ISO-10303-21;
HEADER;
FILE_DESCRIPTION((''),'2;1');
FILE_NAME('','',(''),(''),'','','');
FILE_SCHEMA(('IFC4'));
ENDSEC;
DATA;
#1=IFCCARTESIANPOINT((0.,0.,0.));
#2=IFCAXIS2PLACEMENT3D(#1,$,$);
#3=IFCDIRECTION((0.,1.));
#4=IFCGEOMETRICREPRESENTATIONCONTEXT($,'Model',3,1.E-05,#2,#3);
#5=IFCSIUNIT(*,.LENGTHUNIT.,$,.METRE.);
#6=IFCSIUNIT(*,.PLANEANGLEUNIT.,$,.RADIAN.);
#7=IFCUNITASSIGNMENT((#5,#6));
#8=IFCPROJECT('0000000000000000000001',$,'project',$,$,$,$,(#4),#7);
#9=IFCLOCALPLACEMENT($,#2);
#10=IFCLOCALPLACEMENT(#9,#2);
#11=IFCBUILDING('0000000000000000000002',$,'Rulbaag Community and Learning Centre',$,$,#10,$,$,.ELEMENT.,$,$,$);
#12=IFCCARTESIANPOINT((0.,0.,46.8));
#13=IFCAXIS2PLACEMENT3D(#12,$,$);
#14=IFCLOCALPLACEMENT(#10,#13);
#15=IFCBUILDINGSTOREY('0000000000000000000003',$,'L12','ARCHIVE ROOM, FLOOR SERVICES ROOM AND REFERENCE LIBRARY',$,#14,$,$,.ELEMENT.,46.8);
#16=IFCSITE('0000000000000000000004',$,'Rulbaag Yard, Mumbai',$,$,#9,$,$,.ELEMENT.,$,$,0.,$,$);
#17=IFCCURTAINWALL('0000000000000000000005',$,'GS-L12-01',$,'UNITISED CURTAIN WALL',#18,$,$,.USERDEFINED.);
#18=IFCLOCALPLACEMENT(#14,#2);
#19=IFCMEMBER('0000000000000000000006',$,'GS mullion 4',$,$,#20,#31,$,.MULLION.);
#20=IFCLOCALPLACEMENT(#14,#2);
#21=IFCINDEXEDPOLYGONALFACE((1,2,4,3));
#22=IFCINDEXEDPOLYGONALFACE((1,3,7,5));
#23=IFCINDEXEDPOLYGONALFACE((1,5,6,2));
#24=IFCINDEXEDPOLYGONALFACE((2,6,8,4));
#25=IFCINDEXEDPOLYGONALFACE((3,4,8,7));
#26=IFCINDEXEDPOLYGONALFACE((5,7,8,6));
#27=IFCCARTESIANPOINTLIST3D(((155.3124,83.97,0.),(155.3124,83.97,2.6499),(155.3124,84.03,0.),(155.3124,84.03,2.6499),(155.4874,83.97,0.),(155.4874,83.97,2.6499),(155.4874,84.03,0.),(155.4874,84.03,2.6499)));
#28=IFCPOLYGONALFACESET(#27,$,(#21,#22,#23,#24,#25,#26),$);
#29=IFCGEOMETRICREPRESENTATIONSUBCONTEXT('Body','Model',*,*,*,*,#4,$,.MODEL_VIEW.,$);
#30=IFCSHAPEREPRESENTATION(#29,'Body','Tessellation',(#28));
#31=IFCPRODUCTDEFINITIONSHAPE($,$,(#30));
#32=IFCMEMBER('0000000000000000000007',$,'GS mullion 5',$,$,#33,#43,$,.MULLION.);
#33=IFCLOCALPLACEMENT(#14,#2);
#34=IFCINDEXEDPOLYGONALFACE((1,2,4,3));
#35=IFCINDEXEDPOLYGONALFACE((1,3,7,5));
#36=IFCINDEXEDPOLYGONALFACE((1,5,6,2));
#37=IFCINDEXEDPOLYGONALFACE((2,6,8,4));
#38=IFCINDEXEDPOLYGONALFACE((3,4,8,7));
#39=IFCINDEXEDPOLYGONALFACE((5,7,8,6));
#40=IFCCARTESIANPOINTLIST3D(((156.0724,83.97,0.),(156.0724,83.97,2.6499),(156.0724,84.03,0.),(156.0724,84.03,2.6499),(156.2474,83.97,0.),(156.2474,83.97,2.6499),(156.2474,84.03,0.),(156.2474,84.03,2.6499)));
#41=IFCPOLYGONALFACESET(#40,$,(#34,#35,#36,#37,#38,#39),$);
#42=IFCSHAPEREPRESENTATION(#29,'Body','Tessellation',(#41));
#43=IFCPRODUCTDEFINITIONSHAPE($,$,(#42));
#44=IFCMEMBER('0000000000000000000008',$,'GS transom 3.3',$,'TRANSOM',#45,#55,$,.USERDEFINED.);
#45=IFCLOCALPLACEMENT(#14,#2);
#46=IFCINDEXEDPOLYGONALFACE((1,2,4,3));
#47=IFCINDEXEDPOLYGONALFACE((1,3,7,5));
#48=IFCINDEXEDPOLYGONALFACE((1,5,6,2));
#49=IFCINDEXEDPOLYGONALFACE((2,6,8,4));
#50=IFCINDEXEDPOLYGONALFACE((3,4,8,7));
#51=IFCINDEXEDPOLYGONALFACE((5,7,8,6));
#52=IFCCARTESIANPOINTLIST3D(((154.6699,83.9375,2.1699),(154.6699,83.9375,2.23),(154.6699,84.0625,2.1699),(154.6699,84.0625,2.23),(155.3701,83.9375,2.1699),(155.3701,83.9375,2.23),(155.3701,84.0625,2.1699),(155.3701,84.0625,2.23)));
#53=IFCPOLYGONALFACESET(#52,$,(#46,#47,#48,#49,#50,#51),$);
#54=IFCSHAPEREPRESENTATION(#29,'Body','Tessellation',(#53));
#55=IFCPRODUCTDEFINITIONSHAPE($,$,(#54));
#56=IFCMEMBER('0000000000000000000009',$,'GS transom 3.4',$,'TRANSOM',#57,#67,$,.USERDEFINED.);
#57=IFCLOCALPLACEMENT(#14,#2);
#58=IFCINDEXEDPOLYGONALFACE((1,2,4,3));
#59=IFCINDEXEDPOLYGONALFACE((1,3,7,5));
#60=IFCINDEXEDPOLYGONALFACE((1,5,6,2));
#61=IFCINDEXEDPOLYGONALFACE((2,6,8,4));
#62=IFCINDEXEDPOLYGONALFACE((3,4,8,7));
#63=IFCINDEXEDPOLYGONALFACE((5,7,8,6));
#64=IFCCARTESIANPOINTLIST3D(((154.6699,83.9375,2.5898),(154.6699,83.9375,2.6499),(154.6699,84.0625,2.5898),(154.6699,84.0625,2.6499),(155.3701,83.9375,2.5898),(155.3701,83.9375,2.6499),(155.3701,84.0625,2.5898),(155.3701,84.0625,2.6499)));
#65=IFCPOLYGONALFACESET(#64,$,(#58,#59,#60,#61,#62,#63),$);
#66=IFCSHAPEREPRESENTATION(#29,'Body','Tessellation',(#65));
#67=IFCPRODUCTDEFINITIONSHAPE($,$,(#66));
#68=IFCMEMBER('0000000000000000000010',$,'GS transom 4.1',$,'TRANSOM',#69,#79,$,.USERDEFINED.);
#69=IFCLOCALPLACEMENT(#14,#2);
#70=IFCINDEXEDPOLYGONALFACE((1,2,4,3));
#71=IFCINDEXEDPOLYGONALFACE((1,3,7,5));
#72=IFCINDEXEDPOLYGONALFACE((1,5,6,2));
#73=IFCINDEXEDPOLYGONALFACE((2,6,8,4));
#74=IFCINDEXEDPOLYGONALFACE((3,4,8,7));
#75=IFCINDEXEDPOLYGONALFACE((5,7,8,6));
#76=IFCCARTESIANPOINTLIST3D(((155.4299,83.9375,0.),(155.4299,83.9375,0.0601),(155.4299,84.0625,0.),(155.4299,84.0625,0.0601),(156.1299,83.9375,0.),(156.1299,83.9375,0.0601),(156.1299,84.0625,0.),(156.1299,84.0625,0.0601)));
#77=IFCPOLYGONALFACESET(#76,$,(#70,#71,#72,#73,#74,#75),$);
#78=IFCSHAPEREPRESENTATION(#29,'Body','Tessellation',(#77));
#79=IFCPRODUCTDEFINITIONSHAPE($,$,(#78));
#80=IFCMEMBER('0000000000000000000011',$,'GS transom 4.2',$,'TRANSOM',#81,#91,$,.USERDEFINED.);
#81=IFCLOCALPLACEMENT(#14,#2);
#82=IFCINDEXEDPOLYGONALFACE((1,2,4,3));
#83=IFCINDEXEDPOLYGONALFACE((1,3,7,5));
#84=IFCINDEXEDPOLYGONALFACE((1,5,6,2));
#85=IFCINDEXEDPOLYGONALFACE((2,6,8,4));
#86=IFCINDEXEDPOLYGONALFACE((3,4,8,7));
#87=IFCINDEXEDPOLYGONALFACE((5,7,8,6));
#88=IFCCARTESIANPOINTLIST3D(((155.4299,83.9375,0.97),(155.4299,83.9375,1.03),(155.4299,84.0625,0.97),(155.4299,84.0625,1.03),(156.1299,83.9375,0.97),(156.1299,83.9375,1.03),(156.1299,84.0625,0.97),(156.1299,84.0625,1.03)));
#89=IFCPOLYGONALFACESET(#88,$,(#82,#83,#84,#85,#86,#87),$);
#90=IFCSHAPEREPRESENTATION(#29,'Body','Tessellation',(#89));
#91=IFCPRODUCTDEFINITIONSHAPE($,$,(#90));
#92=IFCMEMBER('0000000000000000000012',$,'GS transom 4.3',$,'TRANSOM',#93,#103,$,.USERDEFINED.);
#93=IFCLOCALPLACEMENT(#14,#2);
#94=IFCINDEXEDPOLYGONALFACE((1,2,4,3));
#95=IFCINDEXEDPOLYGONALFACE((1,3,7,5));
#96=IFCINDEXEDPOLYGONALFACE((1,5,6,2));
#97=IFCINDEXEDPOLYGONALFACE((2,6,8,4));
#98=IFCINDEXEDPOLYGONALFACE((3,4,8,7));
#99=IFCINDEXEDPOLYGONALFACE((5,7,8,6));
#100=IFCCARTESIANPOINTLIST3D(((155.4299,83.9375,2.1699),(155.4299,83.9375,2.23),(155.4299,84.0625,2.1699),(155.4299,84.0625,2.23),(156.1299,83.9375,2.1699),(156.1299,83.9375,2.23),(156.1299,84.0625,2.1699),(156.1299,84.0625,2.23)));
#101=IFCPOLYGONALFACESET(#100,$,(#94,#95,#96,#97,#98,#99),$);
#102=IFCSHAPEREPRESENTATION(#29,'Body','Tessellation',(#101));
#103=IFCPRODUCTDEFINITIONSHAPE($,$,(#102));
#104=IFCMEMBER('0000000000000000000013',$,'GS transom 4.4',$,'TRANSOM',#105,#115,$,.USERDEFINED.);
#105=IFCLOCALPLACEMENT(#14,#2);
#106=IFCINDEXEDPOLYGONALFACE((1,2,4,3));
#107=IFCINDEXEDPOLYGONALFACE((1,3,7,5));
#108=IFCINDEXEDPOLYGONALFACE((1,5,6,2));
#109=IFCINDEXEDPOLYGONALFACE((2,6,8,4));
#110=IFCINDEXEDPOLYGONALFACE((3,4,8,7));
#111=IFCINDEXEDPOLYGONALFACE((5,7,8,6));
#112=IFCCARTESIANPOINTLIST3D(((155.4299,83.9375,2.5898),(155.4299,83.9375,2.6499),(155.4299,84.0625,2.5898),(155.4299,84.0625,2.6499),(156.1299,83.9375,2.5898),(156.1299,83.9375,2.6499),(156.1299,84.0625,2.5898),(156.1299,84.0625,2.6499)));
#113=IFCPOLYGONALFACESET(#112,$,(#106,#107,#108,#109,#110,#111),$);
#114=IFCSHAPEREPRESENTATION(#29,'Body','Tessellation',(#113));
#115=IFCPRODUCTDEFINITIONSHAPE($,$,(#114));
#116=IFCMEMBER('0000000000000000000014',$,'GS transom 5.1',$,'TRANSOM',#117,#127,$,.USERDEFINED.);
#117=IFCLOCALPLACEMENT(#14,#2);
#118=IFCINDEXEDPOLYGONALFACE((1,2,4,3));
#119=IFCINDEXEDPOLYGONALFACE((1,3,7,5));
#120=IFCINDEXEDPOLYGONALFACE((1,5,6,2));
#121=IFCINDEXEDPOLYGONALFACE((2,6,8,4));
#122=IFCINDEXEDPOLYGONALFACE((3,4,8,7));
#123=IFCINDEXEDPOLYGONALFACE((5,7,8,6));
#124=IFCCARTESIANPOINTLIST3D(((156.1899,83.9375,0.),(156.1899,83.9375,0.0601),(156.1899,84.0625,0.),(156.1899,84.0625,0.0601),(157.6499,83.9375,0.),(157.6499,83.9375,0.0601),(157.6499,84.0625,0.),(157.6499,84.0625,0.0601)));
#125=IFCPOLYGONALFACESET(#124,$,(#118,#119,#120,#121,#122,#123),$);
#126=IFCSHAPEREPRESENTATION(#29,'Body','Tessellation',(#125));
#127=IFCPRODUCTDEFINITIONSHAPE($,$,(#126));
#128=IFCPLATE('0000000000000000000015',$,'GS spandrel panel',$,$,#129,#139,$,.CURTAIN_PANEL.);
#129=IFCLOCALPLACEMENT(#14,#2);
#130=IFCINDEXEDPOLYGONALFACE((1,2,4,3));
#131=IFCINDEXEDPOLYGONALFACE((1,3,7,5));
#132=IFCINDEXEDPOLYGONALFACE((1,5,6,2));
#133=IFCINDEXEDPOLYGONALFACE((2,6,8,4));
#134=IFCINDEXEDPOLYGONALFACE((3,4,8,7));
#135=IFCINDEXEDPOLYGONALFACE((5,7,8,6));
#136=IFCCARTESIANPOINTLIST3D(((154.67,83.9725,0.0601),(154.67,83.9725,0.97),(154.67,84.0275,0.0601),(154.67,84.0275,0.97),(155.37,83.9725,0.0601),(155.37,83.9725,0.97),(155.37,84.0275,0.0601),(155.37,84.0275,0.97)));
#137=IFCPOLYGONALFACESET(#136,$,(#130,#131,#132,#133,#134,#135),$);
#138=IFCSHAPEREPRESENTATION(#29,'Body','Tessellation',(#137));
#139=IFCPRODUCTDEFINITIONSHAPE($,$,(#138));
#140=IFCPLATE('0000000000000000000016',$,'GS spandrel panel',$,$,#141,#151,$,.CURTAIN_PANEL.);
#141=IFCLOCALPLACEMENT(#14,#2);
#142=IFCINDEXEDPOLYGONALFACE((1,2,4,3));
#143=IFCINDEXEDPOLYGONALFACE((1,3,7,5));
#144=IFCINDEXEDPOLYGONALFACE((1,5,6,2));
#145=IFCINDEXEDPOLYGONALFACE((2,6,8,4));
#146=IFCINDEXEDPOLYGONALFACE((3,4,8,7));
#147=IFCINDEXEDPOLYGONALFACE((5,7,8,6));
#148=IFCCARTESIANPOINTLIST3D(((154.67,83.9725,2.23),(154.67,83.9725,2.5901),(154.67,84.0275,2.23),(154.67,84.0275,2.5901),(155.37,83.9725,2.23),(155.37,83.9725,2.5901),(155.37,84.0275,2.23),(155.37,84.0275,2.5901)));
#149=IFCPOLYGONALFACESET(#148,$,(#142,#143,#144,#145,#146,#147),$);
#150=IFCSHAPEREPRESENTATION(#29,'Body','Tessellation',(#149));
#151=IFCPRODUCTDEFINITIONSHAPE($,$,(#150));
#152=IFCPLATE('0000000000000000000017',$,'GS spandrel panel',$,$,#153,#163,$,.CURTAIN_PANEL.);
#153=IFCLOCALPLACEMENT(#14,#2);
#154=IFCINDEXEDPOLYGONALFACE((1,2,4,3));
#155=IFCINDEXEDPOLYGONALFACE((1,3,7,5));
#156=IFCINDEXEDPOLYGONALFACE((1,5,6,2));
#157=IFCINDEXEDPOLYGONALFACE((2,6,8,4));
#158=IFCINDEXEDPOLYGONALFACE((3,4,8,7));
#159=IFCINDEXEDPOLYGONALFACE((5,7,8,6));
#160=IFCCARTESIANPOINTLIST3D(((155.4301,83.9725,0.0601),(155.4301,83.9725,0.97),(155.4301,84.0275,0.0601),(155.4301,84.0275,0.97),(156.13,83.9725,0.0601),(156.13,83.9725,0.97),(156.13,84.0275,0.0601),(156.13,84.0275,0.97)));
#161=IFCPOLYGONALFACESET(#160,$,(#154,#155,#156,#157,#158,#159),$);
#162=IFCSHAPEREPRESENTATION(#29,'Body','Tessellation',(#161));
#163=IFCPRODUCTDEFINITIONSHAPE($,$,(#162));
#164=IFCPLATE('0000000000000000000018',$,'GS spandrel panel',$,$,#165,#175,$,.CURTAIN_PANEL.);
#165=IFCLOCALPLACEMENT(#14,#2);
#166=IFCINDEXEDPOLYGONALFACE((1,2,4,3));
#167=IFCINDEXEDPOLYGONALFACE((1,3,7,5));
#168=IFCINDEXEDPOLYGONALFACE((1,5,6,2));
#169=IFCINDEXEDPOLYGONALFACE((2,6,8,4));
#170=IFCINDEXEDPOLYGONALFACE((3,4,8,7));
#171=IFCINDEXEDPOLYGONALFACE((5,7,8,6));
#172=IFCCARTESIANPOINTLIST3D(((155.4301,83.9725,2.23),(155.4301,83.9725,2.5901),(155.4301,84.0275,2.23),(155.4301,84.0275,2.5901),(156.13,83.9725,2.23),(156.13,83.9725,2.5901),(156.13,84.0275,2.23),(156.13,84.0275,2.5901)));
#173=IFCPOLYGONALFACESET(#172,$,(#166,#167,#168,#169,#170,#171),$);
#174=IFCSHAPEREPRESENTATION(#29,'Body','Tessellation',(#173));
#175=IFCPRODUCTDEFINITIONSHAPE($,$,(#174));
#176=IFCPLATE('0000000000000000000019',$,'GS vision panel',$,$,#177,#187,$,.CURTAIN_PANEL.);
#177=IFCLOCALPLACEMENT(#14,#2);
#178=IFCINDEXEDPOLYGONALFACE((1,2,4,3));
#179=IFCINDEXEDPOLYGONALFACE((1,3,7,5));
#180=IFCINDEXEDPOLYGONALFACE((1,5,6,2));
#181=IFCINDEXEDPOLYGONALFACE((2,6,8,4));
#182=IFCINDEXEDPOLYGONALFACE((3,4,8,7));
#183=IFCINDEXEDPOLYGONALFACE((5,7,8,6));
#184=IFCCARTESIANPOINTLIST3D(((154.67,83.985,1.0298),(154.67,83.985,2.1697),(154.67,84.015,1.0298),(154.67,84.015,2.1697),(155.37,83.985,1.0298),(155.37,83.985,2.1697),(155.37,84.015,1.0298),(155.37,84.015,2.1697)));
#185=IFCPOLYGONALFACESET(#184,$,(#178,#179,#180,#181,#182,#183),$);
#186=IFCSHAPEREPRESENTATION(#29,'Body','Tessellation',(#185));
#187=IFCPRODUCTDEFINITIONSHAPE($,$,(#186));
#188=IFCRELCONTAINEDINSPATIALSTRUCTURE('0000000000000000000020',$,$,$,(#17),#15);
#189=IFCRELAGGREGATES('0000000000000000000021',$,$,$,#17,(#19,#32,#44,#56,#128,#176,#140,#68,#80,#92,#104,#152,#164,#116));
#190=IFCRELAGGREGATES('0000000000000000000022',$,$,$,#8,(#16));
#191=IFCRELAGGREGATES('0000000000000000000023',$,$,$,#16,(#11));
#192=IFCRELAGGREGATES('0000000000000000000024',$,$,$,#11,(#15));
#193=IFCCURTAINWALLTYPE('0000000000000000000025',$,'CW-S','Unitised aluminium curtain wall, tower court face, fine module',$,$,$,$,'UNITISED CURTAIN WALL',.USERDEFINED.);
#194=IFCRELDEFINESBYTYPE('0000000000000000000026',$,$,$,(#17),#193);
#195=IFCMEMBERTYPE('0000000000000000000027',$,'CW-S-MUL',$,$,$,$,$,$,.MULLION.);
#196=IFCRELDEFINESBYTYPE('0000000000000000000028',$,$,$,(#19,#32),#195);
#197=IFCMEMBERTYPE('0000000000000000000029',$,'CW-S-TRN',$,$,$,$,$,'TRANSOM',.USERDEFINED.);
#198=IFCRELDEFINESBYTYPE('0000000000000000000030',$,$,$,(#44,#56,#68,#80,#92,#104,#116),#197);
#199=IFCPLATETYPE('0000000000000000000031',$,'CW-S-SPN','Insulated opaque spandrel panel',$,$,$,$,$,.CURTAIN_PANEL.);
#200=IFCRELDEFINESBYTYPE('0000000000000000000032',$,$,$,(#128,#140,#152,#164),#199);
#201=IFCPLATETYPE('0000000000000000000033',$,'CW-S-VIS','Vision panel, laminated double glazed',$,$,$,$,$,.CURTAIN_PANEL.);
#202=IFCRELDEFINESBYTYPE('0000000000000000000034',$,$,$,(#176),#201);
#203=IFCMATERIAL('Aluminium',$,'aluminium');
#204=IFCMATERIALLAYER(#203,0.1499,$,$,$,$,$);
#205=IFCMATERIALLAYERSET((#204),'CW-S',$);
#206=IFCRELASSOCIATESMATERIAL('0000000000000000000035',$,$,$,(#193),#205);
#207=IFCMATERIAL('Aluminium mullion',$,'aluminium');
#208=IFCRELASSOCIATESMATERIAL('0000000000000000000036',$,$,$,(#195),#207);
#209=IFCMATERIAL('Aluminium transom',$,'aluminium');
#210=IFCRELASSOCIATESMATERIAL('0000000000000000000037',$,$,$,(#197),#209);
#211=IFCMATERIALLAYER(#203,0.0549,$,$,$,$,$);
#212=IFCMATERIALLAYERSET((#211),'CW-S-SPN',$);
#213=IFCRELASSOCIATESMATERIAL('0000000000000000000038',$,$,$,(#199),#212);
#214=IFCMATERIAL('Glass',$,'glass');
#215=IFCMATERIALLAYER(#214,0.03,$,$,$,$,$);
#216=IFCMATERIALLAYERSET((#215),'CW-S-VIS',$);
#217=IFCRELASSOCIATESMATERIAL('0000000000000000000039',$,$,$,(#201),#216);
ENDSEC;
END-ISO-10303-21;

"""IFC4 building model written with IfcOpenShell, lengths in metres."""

from ifc_helpers import new_model, si_unit, direction, frame, origin, origin_2d, place, context, subcontext, project, spatial, rectangle, extrude, material, layer, layer_set, material_profile, profile_set, type_object, element, aggregate, save


model = new_model("IFC4")

# Units and contexts
model_context = context("Model", 3, precision=1e-05, world=origin(), true_north=direction((0.0, 1.0)))
body_context = subcontext(model_context, "Body", "Model", "MODEL_VIEW")
ifc_project = project(units=[si_unit("LENGTHUNIT", "METRE"), si_unit("PLANEANGLEUNIT", "RADIAN")], contexts=[model_context])

# Site, building, storey
site_placement = place(None, origin())
site = spatial("IfcSite", under=ifc_project, at=site_placement, Name="Rulbaag Yard, Mumbai", CompositionType="ELEMENT", RefElevation=0.0)
building_placement = place(site_placement, origin())
building = spatial("IfcBuilding", under=site, at=building_placement, Name="Rulbaag Community and Learning Centre", CompositionType="ELEMENT")
storey_placement = place(building_placement, frame((0.0, 0.0, 46.8)))
storey = spatial("IfcBuildingStorey", under=building, at=storey_placement, Name="L12", Description="ARCHIVE ROOM, FLOOR SERVICES ROOM AND REFERENCE LIBRARY", CompositionType="ELEMENT", Elevation=46.8)

# Curtain wall, members, plates
ifc_material_1 = material(Name="Aluminium", Category="aluminium")
ifc_layer_1 = layer(ifc_material_1, 0.1499)
ifc_layer_set_1 = layer_set([ifc_layer_1], Name="CW-S")
curtain_wall_type = type_object("IfcCurtainWallType", Name="CW-S", Description="Unitised aluminium curtain wall, tower court face, fine module", ElementType="UNITISED CURTAIN WALL", PredefinedType="USERDEFINED", material=ifc_layer_set_1)
curtain_wall_placement = place(storey_placement, origin())
curtain_wall = element("IfcCurtainWall", 1, at=curtain_wall_placement, inside=storey, type_object=curtain_wall_type, Name="GS-L12-01", ObjectType="UNITISED CURTAIN WALL", PredefinedType="USERDEFINED")
ifc_material_2 = material(Name="Aluminium mullion", Category="aluminium")
ifc_material_profile_1 = material_profile(ifc_material_2, rectangle(XDim=0.0601, YDim=0.175, at=origin_2d()), Name="AL 60x175")
ifc_profile_set_1 = profile_set([ifc_material_profile_1], Name="Aluminium mullion")
member_type_1 = type_object("IfcMemberType", Name="CW-S-MUL", PredefinedType="MULLION", material=ifc_profile_set_1)
member_1_placement = place(storey_placement, frame((155.3999, 84.0, 0.0), z_axis=(0.0, 0.0, 1.0), x_axis=(0.0, 1.0, 0.0)))
member_1 = element("IfcMember", 2, at=member_1_placement, type_object=member_type_1, Name="GS mullion 4", PredefinedType="MULLION", context=body_context, shape_type="SweptSolid", body=[
    extrude(rectangle(XDim=0.0601, YDim=0.175, at=origin_2d()), origin(), (0.0, 0.0, 1.0), 2.6499),
])
member_2_placement = place(storey_placement, frame((156.1599, 84.0, 0.0), z_axis=(0.0, 0.0, 1.0), x_axis=(0.0, 1.0, 0.0)))
member_2 = element("IfcMember", 3, at=member_2_placement, type_object=member_type_1, Name="GS mullion 5", PredefinedType="MULLION", context=body_context, shape_type="SweptSolid", body=[
    extrude(rectangle(XDim=0.0601, YDim=0.175, at=origin_2d()), origin(), (0.0, 0.0, 1.0), 2.6499),
])
ifc_material_3 = material(Name="Aluminium transom", Category="aluminium")
ifc_material_profile_2 = material_profile(ifc_material_3, rectangle(XDim=0.125, YDim=0.0601, at=origin_2d()), Name="AL 60x125 T")
ifc_profile_set_2 = profile_set([ifc_material_profile_2], Name="Aluminium transom")
member_type_2 = type_object("IfcMemberType", Name="CW-S-TRN", ElementType="TRANSOM", PredefinedType="USERDEFINED", material=ifc_profile_set_2)
member_3_placement = place(storey_placement, frame((154.6699, 84.0, 2.2), z_axis=(1.0, 0.0, 0.0), x_axis=(0.0, 1.0, 0.0)))
member_3 = element("IfcMember", 4, at=member_3_placement, type_object=member_type_2, Name="GS transom 3.3", ObjectType="TRANSOM", PredefinedType="USERDEFINED", context=body_context, shape_type="SweptSolid", body=[
    extrude(rectangle(XDim=0.125, YDim=0.0601, at=origin_2d()), origin(), (0.0, 0.0, 1.0), 0.7002),
])
member_4_placement = place(storey_placement, frame((154.6699, 84.0, 2.6199), z_axis=(1.0, 0.0, 0.0), x_axis=(0.0, 1.0, 0.0)))
member_4 = element("IfcMember", 5, at=member_4_placement, type_object=member_type_2, Name="GS transom 3.4", ObjectType="TRANSOM", PredefinedType="USERDEFINED", context=body_context, shape_type="SweptSolid", body=[
    extrude(rectangle(XDim=0.125, YDim=0.0601, at=origin_2d()), origin(), (0.0, 0.0, 1.0), 0.7002),
])
member_5_placement = place(storey_placement, frame((155.4299, 84.0, 0.03), z_axis=(1.0, 0.0, 0.0), x_axis=(0.0, 1.0, 0.0)))
member_5 = element("IfcMember", 6, at=member_5_placement, type_object=member_type_2, Name="GS transom 4.1", ObjectType="TRANSOM", PredefinedType="USERDEFINED", context=body_context, shape_type="SweptSolid", body=[
    extrude(rectangle(XDim=0.125, YDim=0.0601, at=origin_2d()), origin(), (0.0, 0.0, 1.0), 0.7),
])
member_6_placement = place(storey_placement, frame((155.4299, 84.0, 1.0), z_axis=(1.0, 0.0, 0.0), x_axis=(0.0, 1.0, 0.0)))
member_6 = element("IfcMember", 7, at=member_6_placement, type_object=member_type_2, Name="GS transom 4.2", ObjectType="TRANSOM", PredefinedType="USERDEFINED", context=body_context, shape_type="SweptSolid", body=[
    extrude(rectangle(XDim=0.125, YDim=0.0601, at=origin_2d()), origin(), (0.0, 0.0, 1.0), 0.7),
])
member_7_placement = place(storey_placement, frame((155.4299, 84.0, 2.2), z_axis=(1.0, 0.0, 0.0), x_axis=(0.0, 1.0, 0.0)))
member_7 = element("IfcMember", 8, at=member_7_placement, type_object=member_type_2, Name="GS transom 4.3", ObjectType="TRANSOM", PredefinedType="USERDEFINED", context=body_context, shape_type="SweptSolid", body=[
    extrude(rectangle(XDim=0.125, YDim=0.0601, at=origin_2d()), origin(), (0.0, 0.0, 1.0), 0.7),
])
member_8_placement = place(storey_placement, frame((155.4299, 84.0, 2.6199), z_axis=(1.0, 0.0, 0.0), x_axis=(0.0, 1.0, 0.0)))
member_8 = element("IfcMember", 9, at=member_8_placement, type_object=member_type_2, Name="GS transom 4.4", ObjectType="TRANSOM", PredefinedType="USERDEFINED", context=body_context, shape_type="SweptSolid", body=[
    extrude(rectangle(XDim=0.125, YDim=0.0601, at=origin_2d()), origin(), (0.0, 0.0, 1.0), 0.7),
])
member_9_placement = place(storey_placement, frame((156.1899, 84.0, 0.03), z_axis=(1.0, 0.0, 0.0), x_axis=(0.0, 1.0, 0.0)))
member_9 = element("IfcMember", 10, at=member_9_placement, type_object=member_type_2, Name="GS transom 5.1", ObjectType="TRANSOM", PredefinedType="USERDEFINED", context=body_context, shape_type="SweptSolid", body=[
    extrude(rectangle(XDim=0.125, YDim=0.0601, at=origin_2d()), origin(), (0.0, 0.0, 1.0), 1.46),
])
ifc_layer_2 = layer(ifc_material_1, 0.0549)
ifc_layer_set_2 = layer_set([ifc_layer_2], Name="CW-S-SPN")
plate_type_1 = type_object("IfcPlateType", Name="CW-S-SPN", Description="Insulated opaque spandrel panel", PredefinedType="CURTAIN_PANEL", material=ifc_layer_set_2)
plate_1_placement = place(storey_placement, frame((155.02, 84.0, 0.0601), z_axis=(0.0, 0.0, 1.0), x_axis=(1.0, 0.0, 0.0)))
plate_1 = element("IfcPlate", 11, at=plate_1_placement, type_object=plate_type_1, Name="GS spandrel panel", PredefinedType="CURTAIN_PANEL", context=body_context, shape_type="SweptSolid", body=[
    extrude(rectangle(XDim=0.7, YDim=0.0549, at=origin_2d()), origin(), (0.0, 0.0, 1.0), 0.9099),
])
plate_2_placement = place(storey_placement, frame((155.02, 84.0, 2.23), z_axis=(0.0, 0.0, 1.0), x_axis=(1.0, 0.0, 0.0)))
plate_2 = element("IfcPlate", 12, at=plate_2_placement, type_object=plate_type_1, Name="GS spandrel panel", PredefinedType="CURTAIN_PANEL", context=body_context, shape_type="SweptSolid", body=[
    extrude(rectangle(XDim=0.7, YDim=0.0549, at=origin_2d()), origin(), (0.0, 0.0, 1.0), 0.3601),
])
plate_3_placement = place(storey_placement, frame((155.78, 84.0, 0.0601), z_axis=(0.0, 0.0, 1.0), x_axis=(1.0, 0.0, 0.0)))
plate_3 = element("IfcPlate", 13, at=plate_3_placement, type_object=plate_type_1, Name="GS spandrel panel", PredefinedType="CURTAIN_PANEL", context=body_context, shape_type="SweptSolid", body=[
    extrude(rectangle(XDim=0.7, YDim=0.0549, at=origin_2d()), origin(), (0.0, 0.0, 1.0), 0.9099),
])
plate_4_placement = place(storey_placement, frame((155.78, 84.0, 2.23), z_axis=(0.0, 0.0, 1.0), x_axis=(1.0, 0.0, 0.0)))
plate_4 = element("IfcPlate", 14, at=plate_4_placement, type_object=plate_type_1, Name="GS spandrel panel", PredefinedType="CURTAIN_PANEL", context=body_context, shape_type="SweptSolid", body=[
    extrude(rectangle(XDim=0.7, YDim=0.0549, at=origin_2d()), origin(), (0.0, 0.0, 1.0), 0.3601),
])
ifc_material_4 = material(Name="Glass", Category="glass")
ifc_layer_3 = layer(ifc_material_4, 0.03)
ifc_layer_set_3 = layer_set([ifc_layer_3], Name="CW-S-VIS")
plate_type_2 = type_object("IfcPlateType", Name="CW-S-VIS", Description="Vision panel, laminated double glazed", PredefinedType="CURTAIN_PANEL", material=ifc_layer_set_3)
plate_5_placement = place(storey_placement, frame((155.02, 84.0, 1.0298), z_axis=(0.0, 0.0, 1.0), x_axis=(1.0, 0.0, 0.0)))
plate_5 = element("IfcPlate", 15, at=plate_5_placement, type_object=plate_type_2, Name="GS vision panel", PredefinedType="CURTAIN_PANEL", context=body_context, shape_type="SweptSolid", body=[
    extrude(rectangle(XDim=0.7, YDim=0.03, at=origin_2d()), origin(), (0.0, 0.0, 1.0), 1.1399),
])
aggregate(curtain_wall, [member_1, member_2, member_3, member_4, plate_1, plate_5, plate_2, member_5, member_6, member_7, member_8, plate_3, plate_4, member_9])

save(model, "model.ifc")
